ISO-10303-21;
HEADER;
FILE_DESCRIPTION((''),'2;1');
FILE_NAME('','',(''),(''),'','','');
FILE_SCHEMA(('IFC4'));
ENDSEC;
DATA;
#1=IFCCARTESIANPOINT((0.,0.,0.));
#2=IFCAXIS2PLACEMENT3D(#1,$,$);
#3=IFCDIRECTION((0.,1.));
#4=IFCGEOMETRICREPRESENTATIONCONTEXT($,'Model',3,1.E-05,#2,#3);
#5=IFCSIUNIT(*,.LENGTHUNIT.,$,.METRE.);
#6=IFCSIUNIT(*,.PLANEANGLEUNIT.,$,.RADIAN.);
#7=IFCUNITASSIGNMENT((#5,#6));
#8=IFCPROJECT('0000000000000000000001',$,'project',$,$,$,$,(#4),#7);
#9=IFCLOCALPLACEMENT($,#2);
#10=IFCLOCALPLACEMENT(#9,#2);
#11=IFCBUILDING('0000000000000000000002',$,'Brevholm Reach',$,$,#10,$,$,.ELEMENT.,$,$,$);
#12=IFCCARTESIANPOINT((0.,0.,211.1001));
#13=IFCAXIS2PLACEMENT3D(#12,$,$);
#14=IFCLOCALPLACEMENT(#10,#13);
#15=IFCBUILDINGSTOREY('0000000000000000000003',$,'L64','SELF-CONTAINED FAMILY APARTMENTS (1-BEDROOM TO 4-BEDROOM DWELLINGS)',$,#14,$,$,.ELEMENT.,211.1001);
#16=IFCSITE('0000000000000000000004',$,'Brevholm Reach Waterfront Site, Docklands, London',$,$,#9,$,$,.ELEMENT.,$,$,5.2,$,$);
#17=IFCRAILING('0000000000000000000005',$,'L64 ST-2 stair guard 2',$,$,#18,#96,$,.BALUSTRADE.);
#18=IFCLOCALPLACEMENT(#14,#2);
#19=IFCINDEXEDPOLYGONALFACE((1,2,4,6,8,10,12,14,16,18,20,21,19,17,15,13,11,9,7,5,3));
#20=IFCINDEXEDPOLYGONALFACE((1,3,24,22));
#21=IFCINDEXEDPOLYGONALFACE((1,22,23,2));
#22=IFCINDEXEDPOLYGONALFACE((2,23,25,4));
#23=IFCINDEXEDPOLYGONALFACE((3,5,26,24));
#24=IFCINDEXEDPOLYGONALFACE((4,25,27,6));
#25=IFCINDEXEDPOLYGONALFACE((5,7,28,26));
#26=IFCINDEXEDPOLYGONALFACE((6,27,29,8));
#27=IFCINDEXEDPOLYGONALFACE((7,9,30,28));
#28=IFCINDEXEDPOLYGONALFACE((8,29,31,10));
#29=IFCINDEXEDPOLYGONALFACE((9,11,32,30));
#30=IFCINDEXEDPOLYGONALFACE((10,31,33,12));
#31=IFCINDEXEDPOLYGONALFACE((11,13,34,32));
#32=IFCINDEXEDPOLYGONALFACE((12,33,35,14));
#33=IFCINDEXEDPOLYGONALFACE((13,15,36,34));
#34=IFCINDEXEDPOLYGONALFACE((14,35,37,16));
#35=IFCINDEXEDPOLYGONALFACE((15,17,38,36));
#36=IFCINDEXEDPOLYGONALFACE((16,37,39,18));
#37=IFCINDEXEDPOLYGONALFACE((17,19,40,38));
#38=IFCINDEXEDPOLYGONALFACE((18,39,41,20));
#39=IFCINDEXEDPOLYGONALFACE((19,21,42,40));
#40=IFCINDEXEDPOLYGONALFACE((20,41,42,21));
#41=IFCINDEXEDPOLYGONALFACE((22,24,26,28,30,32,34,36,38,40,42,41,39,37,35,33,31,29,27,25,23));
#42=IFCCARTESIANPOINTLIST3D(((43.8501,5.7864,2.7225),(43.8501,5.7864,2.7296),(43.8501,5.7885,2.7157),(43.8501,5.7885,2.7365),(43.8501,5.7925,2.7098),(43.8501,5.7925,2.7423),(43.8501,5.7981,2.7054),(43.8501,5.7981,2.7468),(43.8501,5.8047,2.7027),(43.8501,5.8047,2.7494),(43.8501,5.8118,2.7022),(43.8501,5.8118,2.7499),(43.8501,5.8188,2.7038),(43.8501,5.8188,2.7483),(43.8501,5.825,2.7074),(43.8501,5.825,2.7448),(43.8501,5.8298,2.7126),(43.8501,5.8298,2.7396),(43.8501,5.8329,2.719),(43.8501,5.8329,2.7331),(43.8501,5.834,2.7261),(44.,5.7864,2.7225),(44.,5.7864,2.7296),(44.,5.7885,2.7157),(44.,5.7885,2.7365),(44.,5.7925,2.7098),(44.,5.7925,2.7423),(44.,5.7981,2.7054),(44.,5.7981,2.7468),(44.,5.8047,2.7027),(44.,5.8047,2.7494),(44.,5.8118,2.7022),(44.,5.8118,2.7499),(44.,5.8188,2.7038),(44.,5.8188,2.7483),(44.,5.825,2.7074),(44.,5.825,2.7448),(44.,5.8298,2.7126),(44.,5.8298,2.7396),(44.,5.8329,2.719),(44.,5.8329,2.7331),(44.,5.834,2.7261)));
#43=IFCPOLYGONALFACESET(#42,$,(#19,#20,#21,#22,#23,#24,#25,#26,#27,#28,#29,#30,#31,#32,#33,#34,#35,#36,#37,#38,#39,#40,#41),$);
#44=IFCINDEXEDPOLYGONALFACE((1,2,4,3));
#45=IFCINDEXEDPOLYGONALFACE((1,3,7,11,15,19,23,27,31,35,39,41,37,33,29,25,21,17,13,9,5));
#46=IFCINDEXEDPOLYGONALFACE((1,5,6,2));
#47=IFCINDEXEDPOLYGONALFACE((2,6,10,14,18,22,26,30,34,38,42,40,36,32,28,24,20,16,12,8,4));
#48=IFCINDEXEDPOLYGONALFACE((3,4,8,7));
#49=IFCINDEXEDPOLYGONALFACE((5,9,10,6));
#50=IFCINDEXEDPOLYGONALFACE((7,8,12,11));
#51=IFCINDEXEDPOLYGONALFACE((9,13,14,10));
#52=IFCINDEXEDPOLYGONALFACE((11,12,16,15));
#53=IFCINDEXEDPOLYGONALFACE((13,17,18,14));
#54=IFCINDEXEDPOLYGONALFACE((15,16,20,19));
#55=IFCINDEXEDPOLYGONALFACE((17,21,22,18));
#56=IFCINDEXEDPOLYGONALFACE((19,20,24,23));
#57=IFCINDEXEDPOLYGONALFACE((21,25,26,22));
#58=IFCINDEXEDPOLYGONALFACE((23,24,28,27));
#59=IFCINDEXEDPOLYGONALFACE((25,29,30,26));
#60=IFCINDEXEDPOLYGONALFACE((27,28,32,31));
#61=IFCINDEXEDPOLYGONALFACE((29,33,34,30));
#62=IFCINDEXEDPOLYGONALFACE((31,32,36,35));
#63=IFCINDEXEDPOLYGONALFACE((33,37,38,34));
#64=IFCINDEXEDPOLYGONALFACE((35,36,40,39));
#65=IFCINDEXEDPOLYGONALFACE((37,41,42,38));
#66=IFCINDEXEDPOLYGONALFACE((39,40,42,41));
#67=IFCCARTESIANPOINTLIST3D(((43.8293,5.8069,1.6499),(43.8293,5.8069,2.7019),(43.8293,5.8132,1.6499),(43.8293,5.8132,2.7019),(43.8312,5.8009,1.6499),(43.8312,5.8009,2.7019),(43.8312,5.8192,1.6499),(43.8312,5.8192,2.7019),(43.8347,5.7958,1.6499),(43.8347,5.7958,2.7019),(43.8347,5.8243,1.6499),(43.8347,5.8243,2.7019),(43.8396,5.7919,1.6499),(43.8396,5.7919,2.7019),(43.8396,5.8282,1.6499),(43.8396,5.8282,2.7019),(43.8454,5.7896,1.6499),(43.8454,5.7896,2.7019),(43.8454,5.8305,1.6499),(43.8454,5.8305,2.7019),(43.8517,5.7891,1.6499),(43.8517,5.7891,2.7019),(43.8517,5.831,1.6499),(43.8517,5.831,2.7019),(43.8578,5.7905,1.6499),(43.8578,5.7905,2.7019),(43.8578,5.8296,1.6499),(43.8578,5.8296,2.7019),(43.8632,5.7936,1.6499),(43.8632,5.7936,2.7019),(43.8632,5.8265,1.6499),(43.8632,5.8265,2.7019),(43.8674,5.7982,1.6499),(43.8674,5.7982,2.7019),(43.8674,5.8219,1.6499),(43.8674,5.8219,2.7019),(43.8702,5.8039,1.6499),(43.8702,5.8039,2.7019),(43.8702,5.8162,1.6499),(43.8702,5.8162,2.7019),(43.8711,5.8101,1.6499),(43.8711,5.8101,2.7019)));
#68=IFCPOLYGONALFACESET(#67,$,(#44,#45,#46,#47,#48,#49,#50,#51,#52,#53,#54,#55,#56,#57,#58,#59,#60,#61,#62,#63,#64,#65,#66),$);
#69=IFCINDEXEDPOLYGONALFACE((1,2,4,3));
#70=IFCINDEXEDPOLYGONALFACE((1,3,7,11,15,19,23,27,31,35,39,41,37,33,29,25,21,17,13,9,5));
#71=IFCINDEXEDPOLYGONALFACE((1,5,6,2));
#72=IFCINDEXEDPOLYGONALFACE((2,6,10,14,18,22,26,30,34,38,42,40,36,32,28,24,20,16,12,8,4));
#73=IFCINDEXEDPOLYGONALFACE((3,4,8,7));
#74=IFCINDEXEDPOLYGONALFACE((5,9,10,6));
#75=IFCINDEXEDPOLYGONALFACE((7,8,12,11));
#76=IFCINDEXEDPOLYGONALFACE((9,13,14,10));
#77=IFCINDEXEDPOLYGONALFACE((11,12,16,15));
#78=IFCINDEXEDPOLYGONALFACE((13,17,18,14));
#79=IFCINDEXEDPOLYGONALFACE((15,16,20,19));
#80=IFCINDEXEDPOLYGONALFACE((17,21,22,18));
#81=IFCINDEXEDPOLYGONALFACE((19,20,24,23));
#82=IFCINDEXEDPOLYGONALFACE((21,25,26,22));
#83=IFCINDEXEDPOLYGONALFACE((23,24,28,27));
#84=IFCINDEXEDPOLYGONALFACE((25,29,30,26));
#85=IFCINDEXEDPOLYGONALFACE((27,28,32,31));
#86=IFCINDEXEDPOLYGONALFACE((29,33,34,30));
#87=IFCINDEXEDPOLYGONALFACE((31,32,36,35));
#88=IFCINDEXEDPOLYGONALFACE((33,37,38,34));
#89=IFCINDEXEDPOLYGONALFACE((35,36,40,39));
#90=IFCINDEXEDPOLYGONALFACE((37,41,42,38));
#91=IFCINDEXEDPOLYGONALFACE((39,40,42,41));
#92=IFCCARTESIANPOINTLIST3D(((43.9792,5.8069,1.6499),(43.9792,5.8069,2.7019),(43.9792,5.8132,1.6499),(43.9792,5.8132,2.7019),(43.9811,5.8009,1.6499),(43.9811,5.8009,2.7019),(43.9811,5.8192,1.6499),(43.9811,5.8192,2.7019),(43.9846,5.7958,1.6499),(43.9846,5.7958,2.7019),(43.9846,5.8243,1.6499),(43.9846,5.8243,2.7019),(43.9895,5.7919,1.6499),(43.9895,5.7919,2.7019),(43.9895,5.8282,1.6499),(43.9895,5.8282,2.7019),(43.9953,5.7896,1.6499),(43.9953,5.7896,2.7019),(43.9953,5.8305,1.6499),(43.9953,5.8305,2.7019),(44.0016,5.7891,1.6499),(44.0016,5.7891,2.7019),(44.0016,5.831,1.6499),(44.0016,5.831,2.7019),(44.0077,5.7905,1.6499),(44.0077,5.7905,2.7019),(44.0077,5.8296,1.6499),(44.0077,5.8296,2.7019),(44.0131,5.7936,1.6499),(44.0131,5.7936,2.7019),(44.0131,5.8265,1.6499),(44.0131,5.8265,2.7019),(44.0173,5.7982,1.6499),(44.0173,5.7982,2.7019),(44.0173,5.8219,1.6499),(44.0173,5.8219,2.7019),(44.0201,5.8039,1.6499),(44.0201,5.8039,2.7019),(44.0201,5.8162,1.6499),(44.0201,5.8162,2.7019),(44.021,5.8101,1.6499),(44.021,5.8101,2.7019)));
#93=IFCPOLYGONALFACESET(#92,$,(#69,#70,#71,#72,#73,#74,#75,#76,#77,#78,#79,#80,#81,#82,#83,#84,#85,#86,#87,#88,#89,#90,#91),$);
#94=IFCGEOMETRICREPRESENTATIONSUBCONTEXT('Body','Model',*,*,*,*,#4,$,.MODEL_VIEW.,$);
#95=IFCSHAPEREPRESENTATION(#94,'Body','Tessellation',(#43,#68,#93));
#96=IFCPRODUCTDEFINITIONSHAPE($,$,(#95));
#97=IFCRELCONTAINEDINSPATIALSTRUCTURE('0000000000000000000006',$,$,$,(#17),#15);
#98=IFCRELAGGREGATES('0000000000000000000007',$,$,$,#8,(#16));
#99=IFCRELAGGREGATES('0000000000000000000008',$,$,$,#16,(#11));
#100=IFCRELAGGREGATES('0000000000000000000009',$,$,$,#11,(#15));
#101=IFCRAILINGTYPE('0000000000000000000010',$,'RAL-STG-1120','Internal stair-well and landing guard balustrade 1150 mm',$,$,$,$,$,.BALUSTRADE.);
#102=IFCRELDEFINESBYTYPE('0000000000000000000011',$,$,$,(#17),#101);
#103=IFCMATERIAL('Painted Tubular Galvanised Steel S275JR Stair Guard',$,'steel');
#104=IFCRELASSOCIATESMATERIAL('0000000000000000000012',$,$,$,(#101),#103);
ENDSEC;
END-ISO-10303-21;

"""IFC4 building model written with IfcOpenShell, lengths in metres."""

from ifc_helpers import new_model, si_unit, direction, frame, origin, origin_2d, place, context, subcontext, project, spatial, circle, extrude, material, type_object, element, save


model = new_model("IFC4")

# Units and contexts
model_context = context("Model", 3, precision=1e-05, world=origin(), true_north=direction((0.0, 1.0)))
body_context = subcontext(model_context, "Body", "Model", "MODEL_VIEW")
ifc_project = project(units=[si_unit("LENGTHUNIT", "METRE"), si_unit("PLANEANGLEUNIT", "RADIAN")], contexts=[model_context])

# Site, building, storey
site_placement = place(None, origin())
site = spatial("IfcSite", under=ifc_project, at=site_placement, Name="Brevholm Reach Waterfront Site, Docklands, London", CompositionType="ELEMENT", RefElevation=5.2)
building_placement = place(site_placement, origin())
building = spatial("IfcBuilding", under=site, at=building_placement, Name="Brevholm Reach", CompositionType="ELEMENT")
storey_placement = place(building_placement, frame((0.0, 0.0, 211.1001)))
storey = spatial("IfcBuildingStorey", under=building, at=storey_placement, Name="L64", Description="SELF-CONTAINED FAMILY APARTMENTS (1-BEDROOM TO 4-BEDROOM DWELLINGS)", CompositionType="ELEMENT", Elevation=211.1001)

# Railing
ifc_material_1 = material(Name="Painted Tubular Galvanised Steel S275JR Stair Guard", Category="steel")
railing_type_1 = type_object("IfcRailingType", Name="RAL-STG-1120", Description="Internal stair-well and landing guard balustrade 1150 mm", PredefinedType="BALUSTRADE", material=ifc_material_1)
railing_1_placement = place(storey_placement, frame((43.8501, 5.8101, 1.6499)))
element("IfcRailing", 1, at=railing_1_placement, inside=storey, type_object=railing_type_1, Name="L64 ST-2 stair guard 2", PredefinedType="BALUSTRADE", context=body_context, shape_type="SweptSolid", body=[
    extrude(circle(Radius=0.0239, at=origin_2d()), frame((0.0, 0.0, 1.0762), z_axis=(1.0, 0.0, 0.0), x_axis=(0.0, 1.0, 0.0)), (0.0, 0.0, 1.0), 0.1499),
    extrude(circle(Radius=0.021, at=origin_2d()), origin(), (0.0, 0.0, 1.0), 1.052),
    extrude(circle(Radius=0.021, at=origin_2d()), frame((0.1499, 0.0, 0.0)), (0.0, 0.0, 1.0), 1.052),
])

save(model, "model.ifc")
